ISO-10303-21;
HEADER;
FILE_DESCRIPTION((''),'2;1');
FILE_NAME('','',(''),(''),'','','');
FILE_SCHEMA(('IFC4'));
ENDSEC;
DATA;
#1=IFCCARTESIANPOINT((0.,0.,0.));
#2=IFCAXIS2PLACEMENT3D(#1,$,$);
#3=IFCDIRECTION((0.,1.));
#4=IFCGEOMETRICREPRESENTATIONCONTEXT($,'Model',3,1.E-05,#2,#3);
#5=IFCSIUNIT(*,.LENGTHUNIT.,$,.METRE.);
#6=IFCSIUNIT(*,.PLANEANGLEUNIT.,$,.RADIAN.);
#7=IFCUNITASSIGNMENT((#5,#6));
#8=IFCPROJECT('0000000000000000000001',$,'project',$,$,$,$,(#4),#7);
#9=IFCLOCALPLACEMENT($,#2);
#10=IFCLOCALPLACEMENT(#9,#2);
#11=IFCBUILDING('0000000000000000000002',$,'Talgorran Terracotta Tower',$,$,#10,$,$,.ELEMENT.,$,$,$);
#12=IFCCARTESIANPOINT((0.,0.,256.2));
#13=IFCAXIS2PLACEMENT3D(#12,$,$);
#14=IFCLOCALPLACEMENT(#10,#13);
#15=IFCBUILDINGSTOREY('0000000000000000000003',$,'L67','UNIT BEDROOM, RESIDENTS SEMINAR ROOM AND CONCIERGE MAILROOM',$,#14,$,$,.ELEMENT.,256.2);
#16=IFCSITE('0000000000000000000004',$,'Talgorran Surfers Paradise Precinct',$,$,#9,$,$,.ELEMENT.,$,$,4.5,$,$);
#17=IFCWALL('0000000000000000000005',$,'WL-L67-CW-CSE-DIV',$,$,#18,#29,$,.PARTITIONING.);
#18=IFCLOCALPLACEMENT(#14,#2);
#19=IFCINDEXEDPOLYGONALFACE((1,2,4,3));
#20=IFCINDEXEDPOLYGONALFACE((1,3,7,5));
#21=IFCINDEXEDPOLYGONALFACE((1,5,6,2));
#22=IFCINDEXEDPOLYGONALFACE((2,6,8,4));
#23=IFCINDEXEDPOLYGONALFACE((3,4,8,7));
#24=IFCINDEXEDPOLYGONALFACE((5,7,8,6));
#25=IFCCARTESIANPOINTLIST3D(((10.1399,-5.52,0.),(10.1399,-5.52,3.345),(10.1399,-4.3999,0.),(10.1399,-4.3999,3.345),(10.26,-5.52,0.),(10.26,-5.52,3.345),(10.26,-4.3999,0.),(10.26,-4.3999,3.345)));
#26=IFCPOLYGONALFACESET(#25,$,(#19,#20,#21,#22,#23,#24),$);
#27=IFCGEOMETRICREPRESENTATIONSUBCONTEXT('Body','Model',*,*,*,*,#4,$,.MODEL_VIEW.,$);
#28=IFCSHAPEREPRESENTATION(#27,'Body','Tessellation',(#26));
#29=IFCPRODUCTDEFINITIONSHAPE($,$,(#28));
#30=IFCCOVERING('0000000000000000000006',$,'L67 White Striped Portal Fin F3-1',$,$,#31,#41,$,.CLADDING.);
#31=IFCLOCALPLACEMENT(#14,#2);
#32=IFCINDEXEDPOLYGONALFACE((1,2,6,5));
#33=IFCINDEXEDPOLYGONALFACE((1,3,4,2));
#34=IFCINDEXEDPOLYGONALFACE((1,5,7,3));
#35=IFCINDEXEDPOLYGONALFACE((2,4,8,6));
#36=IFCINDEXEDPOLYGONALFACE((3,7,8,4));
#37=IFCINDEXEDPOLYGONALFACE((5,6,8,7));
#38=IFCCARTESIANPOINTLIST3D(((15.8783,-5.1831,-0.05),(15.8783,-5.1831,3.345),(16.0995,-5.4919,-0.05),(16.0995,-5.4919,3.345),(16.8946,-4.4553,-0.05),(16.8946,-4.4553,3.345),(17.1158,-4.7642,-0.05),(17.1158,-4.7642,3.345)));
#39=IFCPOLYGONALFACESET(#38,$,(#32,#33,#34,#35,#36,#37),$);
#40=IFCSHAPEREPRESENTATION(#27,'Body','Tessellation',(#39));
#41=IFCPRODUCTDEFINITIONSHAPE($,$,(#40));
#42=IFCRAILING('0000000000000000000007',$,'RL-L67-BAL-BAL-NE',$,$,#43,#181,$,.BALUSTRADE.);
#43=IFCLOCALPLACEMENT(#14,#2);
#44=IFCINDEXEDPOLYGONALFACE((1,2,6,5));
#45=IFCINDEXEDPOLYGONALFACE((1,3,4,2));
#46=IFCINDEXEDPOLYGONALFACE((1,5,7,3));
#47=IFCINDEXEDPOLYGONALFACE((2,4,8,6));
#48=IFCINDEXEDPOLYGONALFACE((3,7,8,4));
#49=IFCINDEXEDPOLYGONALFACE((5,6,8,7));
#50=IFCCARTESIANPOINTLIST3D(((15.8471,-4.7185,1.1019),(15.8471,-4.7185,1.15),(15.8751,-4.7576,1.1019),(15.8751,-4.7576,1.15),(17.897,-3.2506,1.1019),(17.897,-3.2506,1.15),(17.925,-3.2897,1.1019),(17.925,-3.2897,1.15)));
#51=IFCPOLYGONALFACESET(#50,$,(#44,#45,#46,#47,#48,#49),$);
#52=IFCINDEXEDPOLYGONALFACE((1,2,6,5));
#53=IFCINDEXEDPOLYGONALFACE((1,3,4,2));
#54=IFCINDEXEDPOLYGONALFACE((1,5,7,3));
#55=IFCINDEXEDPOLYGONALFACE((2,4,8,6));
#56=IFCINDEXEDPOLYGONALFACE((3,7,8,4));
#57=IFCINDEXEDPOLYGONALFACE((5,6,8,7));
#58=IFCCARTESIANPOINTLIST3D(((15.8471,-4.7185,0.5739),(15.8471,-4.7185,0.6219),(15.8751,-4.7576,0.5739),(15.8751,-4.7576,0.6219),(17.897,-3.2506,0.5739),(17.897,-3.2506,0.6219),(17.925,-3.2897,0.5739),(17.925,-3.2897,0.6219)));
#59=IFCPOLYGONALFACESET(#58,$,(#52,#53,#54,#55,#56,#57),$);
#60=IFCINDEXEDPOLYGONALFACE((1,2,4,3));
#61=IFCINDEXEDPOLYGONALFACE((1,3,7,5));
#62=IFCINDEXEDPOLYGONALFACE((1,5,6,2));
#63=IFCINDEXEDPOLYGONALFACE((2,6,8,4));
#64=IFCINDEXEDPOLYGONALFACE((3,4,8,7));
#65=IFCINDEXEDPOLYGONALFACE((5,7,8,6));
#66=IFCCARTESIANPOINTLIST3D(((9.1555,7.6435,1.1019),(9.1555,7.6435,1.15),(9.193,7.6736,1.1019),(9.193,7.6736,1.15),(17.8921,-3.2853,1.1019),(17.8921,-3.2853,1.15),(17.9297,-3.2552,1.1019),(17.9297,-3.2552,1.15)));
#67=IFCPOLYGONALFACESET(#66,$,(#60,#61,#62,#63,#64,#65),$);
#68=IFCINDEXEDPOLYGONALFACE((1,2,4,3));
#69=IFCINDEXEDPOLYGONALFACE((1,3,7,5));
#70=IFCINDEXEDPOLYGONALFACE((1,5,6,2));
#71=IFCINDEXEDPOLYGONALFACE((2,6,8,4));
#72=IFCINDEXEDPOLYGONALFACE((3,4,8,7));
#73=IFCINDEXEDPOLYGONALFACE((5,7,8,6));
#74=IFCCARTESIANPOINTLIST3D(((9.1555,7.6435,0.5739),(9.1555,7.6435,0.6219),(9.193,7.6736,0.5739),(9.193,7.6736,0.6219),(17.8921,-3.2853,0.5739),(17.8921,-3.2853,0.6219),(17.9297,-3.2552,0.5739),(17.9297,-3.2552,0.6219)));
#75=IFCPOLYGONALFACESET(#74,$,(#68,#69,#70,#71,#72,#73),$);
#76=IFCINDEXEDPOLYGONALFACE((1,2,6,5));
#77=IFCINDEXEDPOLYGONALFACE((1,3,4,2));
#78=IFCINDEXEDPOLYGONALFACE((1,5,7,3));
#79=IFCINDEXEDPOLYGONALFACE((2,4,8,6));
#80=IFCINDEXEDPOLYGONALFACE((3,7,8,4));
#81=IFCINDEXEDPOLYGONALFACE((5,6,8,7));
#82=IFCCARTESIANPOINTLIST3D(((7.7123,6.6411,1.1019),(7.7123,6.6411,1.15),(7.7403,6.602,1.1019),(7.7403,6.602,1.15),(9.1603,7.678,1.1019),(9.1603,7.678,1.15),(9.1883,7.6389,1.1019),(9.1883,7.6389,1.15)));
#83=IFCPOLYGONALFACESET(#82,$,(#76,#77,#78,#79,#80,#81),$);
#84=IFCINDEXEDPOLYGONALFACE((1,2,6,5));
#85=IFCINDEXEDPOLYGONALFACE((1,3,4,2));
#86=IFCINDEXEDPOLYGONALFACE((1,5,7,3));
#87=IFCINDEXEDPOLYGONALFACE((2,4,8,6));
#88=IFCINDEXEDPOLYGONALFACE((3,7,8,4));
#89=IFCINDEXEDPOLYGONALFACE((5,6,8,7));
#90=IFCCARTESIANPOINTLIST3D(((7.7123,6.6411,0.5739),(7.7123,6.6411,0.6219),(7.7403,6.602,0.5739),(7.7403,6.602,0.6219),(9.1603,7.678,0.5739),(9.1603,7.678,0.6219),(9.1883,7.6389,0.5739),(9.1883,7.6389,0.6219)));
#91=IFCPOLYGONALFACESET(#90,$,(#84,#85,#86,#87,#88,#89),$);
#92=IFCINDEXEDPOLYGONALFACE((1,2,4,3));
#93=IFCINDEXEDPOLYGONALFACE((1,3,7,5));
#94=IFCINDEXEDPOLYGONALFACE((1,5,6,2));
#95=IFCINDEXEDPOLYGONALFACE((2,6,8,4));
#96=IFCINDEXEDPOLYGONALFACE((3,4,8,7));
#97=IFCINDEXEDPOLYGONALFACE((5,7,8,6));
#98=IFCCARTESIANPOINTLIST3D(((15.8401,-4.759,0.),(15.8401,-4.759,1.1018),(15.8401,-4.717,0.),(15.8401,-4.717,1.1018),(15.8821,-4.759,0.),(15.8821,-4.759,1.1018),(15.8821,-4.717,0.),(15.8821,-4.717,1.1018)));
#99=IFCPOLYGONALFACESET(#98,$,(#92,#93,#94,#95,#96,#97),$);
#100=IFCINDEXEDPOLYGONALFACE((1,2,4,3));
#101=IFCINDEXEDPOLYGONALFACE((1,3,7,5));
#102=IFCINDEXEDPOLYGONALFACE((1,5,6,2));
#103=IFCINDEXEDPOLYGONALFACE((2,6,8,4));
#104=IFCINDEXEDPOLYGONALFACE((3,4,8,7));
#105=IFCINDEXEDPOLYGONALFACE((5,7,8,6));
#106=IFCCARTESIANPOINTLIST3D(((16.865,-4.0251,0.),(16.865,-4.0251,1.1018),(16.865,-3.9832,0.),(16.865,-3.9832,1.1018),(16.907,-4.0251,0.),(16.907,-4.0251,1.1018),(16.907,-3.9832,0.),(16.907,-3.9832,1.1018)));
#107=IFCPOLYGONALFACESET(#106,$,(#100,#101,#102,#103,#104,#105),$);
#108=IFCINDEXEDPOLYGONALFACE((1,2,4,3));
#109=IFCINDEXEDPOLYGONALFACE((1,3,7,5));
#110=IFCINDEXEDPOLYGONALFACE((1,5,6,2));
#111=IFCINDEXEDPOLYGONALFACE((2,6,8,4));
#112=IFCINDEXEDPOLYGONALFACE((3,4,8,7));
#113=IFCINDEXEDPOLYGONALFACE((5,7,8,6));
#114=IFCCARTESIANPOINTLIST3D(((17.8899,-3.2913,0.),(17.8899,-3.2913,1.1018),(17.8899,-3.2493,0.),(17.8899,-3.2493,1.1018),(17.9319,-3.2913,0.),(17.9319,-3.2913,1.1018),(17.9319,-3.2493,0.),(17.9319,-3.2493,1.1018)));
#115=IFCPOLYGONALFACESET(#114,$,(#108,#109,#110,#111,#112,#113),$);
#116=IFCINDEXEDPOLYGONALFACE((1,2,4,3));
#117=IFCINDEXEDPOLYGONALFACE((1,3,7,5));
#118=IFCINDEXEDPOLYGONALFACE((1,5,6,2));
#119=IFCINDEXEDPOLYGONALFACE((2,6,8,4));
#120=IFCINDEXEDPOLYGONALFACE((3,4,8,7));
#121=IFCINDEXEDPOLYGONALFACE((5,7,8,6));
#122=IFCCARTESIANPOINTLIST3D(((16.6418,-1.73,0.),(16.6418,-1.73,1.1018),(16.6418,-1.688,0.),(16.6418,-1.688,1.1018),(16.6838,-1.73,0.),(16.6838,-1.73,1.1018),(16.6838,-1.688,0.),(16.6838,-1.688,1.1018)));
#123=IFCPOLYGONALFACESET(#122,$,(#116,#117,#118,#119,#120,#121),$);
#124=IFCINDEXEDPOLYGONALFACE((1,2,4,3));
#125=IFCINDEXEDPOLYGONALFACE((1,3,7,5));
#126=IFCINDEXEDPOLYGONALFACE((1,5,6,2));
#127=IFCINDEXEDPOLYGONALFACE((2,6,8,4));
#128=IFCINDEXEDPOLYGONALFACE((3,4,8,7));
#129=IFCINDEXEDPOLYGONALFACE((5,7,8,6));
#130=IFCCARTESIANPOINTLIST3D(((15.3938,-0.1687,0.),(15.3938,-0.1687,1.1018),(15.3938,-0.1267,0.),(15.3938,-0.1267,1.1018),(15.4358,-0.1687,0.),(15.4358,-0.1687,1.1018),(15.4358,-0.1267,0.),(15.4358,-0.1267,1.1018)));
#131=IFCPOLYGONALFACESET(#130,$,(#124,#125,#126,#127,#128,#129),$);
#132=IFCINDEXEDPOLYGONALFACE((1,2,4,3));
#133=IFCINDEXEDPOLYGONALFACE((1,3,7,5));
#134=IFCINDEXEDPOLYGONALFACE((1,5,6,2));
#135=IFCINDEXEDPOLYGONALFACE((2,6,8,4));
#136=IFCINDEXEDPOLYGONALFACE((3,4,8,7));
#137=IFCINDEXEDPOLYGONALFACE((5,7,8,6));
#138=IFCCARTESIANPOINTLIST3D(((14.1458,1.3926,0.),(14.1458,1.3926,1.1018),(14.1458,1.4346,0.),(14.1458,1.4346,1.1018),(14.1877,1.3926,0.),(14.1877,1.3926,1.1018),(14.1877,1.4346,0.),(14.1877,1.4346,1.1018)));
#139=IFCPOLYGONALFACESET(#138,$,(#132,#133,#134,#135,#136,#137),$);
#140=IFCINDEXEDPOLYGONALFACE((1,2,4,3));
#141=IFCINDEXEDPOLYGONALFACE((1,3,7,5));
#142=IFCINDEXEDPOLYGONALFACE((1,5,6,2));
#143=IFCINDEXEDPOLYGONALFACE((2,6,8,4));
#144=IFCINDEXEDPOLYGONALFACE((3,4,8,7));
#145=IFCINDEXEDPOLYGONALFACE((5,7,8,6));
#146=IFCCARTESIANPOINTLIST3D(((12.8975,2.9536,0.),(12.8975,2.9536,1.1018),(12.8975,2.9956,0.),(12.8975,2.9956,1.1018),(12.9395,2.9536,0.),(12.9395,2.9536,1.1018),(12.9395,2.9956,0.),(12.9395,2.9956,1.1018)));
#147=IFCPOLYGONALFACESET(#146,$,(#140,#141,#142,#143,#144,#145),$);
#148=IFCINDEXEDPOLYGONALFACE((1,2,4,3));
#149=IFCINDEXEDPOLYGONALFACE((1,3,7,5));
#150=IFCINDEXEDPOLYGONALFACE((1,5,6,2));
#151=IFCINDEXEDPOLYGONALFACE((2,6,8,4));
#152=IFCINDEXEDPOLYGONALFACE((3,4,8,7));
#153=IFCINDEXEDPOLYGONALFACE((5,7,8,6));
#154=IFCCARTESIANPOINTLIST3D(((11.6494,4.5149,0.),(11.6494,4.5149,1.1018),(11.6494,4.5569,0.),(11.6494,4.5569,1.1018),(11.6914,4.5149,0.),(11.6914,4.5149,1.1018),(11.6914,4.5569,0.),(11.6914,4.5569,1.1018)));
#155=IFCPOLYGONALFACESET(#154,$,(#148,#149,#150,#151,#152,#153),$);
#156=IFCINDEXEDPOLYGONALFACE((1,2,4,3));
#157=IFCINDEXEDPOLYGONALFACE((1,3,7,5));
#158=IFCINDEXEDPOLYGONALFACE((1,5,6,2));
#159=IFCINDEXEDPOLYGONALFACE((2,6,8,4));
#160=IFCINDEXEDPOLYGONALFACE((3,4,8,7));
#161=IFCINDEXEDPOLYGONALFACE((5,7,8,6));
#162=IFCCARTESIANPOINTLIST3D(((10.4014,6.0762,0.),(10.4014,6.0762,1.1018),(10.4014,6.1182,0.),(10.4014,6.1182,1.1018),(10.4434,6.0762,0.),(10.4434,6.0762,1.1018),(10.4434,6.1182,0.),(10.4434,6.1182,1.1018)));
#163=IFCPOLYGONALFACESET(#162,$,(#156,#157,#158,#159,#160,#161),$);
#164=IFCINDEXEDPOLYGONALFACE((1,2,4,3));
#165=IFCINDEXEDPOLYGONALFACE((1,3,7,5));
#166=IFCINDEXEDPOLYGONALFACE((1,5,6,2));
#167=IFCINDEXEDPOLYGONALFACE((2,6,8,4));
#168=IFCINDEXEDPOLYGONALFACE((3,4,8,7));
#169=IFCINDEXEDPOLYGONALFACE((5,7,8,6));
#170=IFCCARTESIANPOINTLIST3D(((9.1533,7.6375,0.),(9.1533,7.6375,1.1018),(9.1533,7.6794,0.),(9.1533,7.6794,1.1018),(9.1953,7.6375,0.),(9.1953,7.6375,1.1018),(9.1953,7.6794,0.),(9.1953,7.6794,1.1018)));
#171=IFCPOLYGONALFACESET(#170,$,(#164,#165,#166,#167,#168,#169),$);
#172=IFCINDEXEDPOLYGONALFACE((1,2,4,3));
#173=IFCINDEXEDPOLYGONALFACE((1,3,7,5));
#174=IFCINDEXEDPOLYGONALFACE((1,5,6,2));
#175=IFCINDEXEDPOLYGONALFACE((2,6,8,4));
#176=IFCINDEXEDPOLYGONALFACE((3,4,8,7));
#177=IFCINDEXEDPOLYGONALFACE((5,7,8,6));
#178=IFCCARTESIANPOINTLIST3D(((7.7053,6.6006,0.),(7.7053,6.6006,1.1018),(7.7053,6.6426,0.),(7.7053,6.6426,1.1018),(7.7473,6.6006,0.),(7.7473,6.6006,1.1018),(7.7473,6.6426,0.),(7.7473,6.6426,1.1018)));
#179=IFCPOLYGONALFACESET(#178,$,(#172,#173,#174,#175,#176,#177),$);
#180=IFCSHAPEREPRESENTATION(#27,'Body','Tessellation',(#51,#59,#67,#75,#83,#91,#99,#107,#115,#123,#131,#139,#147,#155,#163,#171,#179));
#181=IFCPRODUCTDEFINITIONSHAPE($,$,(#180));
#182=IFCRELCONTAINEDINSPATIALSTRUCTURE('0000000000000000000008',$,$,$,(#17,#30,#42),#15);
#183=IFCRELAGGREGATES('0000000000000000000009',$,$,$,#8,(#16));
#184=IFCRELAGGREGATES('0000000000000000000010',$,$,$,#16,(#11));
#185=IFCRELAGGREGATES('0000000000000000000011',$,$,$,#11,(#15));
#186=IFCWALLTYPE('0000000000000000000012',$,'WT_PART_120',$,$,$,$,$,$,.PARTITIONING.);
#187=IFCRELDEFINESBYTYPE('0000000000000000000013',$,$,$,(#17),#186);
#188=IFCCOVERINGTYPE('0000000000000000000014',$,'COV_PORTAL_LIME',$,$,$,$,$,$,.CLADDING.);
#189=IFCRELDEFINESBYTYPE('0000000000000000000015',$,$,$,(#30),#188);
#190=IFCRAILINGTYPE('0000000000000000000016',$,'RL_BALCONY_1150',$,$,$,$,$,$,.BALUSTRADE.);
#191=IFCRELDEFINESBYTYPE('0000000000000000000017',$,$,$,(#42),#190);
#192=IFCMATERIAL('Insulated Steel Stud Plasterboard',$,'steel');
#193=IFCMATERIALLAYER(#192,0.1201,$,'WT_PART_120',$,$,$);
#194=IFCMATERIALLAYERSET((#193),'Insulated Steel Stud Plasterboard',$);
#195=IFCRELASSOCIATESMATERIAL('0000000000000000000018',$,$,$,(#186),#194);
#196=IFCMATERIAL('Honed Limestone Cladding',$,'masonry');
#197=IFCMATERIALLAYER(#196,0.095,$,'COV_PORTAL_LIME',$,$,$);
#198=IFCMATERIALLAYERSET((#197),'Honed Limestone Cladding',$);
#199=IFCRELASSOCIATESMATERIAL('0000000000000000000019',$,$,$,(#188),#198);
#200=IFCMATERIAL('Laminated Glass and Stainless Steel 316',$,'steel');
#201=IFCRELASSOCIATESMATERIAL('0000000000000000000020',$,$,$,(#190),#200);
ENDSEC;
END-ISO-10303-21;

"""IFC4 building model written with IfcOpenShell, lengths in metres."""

from ifc_helpers import new_model, si_unit, direction, frame, frame_2d, origin, origin_2d, place, context, subcontext, project, spatial, rectangle, extrude, material, layer, layer_set, type_object, element, save


model = new_model("IFC4")

# Units and contexts
model_context = context("Model", 3, precision=1e-05, world=origin(), true_north=direction((0.0, 1.0)))
body_context = subcontext(model_context, "Body", "Model", "MODEL_VIEW")
ifc_project = project(units=[si_unit("LENGTHUNIT", "METRE"), si_unit("PLANEANGLEUNIT", "RADIAN")], contexts=[model_context])

# Site, building, storey
site_placement = place(None, origin())
site = spatial("IfcSite", under=ifc_project, at=site_placement, Name="Talgorran Surfers Paradise Precinct", CompositionType="ELEMENT", RefElevation=4.5)
building_placement = place(site_placement, origin())
building = spatial("IfcBuilding", under=site, at=building_placement, Name="Talgorran Terracotta Tower", CompositionType="ELEMENT")
storey_placement = place(building_placement, frame((0.0, 0.0, 256.2)))
storey = spatial("IfcBuildingStorey", under=building, at=storey_placement, Name="L67", Description="UNIT BEDROOM, RESIDENTS SEMINAR ROOM AND CONCIERGE MAILROOM", CompositionType="ELEMENT", Elevation=256.2)

# Wall
ifc_material_1 = material(Name="Insulated Steel Stud Plasterboard", Category="steel")
ifc_layer_1 = layer(ifc_material_1, 0.1201, Name="WT_PART_120")
ifc_layer_set_1 = layer_set([ifc_layer_1], Name="Insulated Steel Stud Plasterboard")
wall_type_1 = type_object("IfcWallType", Name="WT_PART_120", PredefinedType="PARTITIONING", material=ifc_layer_set_1)
wall_1_placement = place(storey_placement, frame((10.2, -5.52, 0.0), z_axis=(0.0, 0.0, 1.0), x_axis=(0.0, 1.0, 0.0)))
element("IfcWall", 1, at=wall_1_placement, inside=storey, type_object=wall_type_1, Name="WL-L67-CW-CSE-DIV", PredefinedType="PARTITIONING", context=body_context, shape_type="SweptSolid", body=[
    extrude(rectangle(XDim=1.1201, YDim=0.1201, at=frame_2d((0.5601, 0.0))), origin(), (0.0, 0.0, 1.0), 3.345),
])

# Covering
ifc_material_2 = material(Name="Honed Limestone Cladding", Category="masonry")
ifc_layer_2 = layer(ifc_material_2, 0.095, Name="COV_PORTAL_LIME")
ifc_layer_set_2 = layer_set([ifc_layer_2], Name="Honed Limestone Cladding")
covering_type = type_object("IfcCoveringType", Name="COV_PORTAL_LIME", PredefinedType="CLADDING", material=ifc_layer_set_2)
covering_placement = place(storey_placement, frame((16.4971, -4.9736, -0.05), z_axis=(0.0, 0.0, 1.0), x_axis=(-0.582208, 0.81304, 0.0)))
element("IfcCovering", 2, at=covering_placement, inside=storey, type_object=covering_type, Name="L67 White Striped Portal Fin F3-1", PredefinedType="CLADDING", context=body_context, shape_type="SweptSolid", body=[
    extrude(rectangle(XDim=0.3799, YDim=1.25, at=origin_2d()), origin(), (0.0, 0.0, 1.0), 3.395),
])

# Railing
ifc_material_3 = material(Name="Laminated Glass and Stainless Steel 316", Category="steel")
railing_type = type_object("IfcRailingType", Name="RL_BALCONY_1150", PredefinedType="BALUSTRADE", material=ifc_material_3)
railing_placement = place(storey_placement, frame((15.8611, -4.738, 0.0)))
element("IfcRailing", 3, at=railing_placement, inside=storey, type_object=railing_type, Name="RL-L67-BAL-BAL-NE", PredefinedType="BALUSTRADE", context=body_context, shape_type="SweptSolid", body=[
    extrude(rectangle(XDim=0.0481, YDim=0.0481, at=origin_2d()), frame((0.0, 0.0, 1.126), z_axis=(0.813052, 0.58219, 0.0), x_axis=(-0.58219, 0.813052, 0.0)), (0.0, 0.0, 1.0), 2.5212),
    extrude(rectangle(XDim=0.0481, YDim=0.0481, at=origin_2d()), frame((0.0, 0.0, 0.5979), z_axis=(0.813052, 0.58219, 0.0), x_axis=(-0.58219, 0.813052, 0.0)), (0.0, 0.0, 1.0), 2.5212),
    extrude(rectangle(XDim=0.0481, YDim=0.0481, at=origin_2d()), frame((2.0498, 1.4678, 1.126), z_axis=(-0.624416, 0.781092, 0.0), x_axis=(-0.781092, -0.624416, 0.0)), (0.0, 0.0, 1.0), 13.9917),
    extrude(rectangle(XDim=0.0481, YDim=0.0481, at=origin_2d()), frame((2.0498, 1.4678, 0.5979), z_axis=(-0.624416, 0.781092, 0.0), x_axis=(-0.781092, -0.624416, 0.0)), (0.0, 0.0, 1.0), 13.9917),
    extrude(rectangle(XDim=0.0481, YDim=0.0481, at=origin_2d()), frame((-6.6868, 12.3965, 1.126), z_axis=(-0.813047, -0.582197, 0.0), x_axis=(0.582197, -0.813047, 0.0)), (0.0, 0.0, 1.0), 1.781),
    extrude(rectangle(XDim=0.0481, YDim=0.0481, at=origin_2d()), frame((-6.6868, 12.3965, 0.5979), z_axis=(-0.813047, -0.582197, 0.0), x_axis=(0.582197, -0.813047, 0.0)), (0.0, 0.0, 1.0), 1.781),
    extrude(rectangle(XDim=0.042, YDim=0.042, at=origin_2d()), origin(), (0.0, 0.0, 1.0), 1.1018),
    extrude(rectangle(XDim=0.042, YDim=0.042, at=origin_2d()), frame((1.0249, 0.7339, 0.0)), (0.0, 0.0, 1.0), 1.1018),
    extrude(rectangle(XDim=0.042, YDim=0.042, at=origin_2d()), frame((2.0498, 1.4678, 0.0)), (0.0, 0.0, 1.0), 1.1018),
    extrude(rectangle(XDim=0.042, YDim=0.042, at=origin_2d()), frame((0.8018, 3.0291, 0.0)), (0.0, 0.0, 1.0), 1.1018),
    extrude(rectangle(XDim=0.042, YDim=0.042, at=origin_2d()), frame((-0.4463, 4.5903, 0.0)), (0.0, 0.0, 1.0), 1.1018),
    extrude(rectangle(XDim=0.042, YDim=0.042, at=origin_2d()), frame((-1.6943, 6.1516, 0.0)), (0.0, 0.0, 1.0), 1.1018),
    extrude(rectangle(XDim=0.042, YDim=0.042, at=origin_2d()), frame((-2.9426, 7.7126, 0.0)), (0.0, 0.0, 1.0), 1.1018),
    extrude(rectangle(XDim=0.042, YDim=0.042, at=origin_2d()), frame((-4.1907, 9.2739, 0.0)), (0.0, 0.0, 1.0), 1.1018),
    extrude(rectangle(XDim=0.042, YDim=0.042, at=origin_2d()), frame((-5.4387, 10.8352, 0.0)), (0.0, 0.0, 1.0), 1.1018),
    extrude(rectangle(XDim=0.042, YDim=0.042, at=origin_2d()), frame((-6.6868, 12.3965, 0.0)), (0.0, 0.0, 1.0), 1.1018),
    extrude(rectangle(XDim=0.042, YDim=0.042, at=origin_2d()), frame((-8.1348, 11.3596, 0.0)), (0.0, 0.0, 1.0), 1.1018),
])

save(model, "model.ifc")
